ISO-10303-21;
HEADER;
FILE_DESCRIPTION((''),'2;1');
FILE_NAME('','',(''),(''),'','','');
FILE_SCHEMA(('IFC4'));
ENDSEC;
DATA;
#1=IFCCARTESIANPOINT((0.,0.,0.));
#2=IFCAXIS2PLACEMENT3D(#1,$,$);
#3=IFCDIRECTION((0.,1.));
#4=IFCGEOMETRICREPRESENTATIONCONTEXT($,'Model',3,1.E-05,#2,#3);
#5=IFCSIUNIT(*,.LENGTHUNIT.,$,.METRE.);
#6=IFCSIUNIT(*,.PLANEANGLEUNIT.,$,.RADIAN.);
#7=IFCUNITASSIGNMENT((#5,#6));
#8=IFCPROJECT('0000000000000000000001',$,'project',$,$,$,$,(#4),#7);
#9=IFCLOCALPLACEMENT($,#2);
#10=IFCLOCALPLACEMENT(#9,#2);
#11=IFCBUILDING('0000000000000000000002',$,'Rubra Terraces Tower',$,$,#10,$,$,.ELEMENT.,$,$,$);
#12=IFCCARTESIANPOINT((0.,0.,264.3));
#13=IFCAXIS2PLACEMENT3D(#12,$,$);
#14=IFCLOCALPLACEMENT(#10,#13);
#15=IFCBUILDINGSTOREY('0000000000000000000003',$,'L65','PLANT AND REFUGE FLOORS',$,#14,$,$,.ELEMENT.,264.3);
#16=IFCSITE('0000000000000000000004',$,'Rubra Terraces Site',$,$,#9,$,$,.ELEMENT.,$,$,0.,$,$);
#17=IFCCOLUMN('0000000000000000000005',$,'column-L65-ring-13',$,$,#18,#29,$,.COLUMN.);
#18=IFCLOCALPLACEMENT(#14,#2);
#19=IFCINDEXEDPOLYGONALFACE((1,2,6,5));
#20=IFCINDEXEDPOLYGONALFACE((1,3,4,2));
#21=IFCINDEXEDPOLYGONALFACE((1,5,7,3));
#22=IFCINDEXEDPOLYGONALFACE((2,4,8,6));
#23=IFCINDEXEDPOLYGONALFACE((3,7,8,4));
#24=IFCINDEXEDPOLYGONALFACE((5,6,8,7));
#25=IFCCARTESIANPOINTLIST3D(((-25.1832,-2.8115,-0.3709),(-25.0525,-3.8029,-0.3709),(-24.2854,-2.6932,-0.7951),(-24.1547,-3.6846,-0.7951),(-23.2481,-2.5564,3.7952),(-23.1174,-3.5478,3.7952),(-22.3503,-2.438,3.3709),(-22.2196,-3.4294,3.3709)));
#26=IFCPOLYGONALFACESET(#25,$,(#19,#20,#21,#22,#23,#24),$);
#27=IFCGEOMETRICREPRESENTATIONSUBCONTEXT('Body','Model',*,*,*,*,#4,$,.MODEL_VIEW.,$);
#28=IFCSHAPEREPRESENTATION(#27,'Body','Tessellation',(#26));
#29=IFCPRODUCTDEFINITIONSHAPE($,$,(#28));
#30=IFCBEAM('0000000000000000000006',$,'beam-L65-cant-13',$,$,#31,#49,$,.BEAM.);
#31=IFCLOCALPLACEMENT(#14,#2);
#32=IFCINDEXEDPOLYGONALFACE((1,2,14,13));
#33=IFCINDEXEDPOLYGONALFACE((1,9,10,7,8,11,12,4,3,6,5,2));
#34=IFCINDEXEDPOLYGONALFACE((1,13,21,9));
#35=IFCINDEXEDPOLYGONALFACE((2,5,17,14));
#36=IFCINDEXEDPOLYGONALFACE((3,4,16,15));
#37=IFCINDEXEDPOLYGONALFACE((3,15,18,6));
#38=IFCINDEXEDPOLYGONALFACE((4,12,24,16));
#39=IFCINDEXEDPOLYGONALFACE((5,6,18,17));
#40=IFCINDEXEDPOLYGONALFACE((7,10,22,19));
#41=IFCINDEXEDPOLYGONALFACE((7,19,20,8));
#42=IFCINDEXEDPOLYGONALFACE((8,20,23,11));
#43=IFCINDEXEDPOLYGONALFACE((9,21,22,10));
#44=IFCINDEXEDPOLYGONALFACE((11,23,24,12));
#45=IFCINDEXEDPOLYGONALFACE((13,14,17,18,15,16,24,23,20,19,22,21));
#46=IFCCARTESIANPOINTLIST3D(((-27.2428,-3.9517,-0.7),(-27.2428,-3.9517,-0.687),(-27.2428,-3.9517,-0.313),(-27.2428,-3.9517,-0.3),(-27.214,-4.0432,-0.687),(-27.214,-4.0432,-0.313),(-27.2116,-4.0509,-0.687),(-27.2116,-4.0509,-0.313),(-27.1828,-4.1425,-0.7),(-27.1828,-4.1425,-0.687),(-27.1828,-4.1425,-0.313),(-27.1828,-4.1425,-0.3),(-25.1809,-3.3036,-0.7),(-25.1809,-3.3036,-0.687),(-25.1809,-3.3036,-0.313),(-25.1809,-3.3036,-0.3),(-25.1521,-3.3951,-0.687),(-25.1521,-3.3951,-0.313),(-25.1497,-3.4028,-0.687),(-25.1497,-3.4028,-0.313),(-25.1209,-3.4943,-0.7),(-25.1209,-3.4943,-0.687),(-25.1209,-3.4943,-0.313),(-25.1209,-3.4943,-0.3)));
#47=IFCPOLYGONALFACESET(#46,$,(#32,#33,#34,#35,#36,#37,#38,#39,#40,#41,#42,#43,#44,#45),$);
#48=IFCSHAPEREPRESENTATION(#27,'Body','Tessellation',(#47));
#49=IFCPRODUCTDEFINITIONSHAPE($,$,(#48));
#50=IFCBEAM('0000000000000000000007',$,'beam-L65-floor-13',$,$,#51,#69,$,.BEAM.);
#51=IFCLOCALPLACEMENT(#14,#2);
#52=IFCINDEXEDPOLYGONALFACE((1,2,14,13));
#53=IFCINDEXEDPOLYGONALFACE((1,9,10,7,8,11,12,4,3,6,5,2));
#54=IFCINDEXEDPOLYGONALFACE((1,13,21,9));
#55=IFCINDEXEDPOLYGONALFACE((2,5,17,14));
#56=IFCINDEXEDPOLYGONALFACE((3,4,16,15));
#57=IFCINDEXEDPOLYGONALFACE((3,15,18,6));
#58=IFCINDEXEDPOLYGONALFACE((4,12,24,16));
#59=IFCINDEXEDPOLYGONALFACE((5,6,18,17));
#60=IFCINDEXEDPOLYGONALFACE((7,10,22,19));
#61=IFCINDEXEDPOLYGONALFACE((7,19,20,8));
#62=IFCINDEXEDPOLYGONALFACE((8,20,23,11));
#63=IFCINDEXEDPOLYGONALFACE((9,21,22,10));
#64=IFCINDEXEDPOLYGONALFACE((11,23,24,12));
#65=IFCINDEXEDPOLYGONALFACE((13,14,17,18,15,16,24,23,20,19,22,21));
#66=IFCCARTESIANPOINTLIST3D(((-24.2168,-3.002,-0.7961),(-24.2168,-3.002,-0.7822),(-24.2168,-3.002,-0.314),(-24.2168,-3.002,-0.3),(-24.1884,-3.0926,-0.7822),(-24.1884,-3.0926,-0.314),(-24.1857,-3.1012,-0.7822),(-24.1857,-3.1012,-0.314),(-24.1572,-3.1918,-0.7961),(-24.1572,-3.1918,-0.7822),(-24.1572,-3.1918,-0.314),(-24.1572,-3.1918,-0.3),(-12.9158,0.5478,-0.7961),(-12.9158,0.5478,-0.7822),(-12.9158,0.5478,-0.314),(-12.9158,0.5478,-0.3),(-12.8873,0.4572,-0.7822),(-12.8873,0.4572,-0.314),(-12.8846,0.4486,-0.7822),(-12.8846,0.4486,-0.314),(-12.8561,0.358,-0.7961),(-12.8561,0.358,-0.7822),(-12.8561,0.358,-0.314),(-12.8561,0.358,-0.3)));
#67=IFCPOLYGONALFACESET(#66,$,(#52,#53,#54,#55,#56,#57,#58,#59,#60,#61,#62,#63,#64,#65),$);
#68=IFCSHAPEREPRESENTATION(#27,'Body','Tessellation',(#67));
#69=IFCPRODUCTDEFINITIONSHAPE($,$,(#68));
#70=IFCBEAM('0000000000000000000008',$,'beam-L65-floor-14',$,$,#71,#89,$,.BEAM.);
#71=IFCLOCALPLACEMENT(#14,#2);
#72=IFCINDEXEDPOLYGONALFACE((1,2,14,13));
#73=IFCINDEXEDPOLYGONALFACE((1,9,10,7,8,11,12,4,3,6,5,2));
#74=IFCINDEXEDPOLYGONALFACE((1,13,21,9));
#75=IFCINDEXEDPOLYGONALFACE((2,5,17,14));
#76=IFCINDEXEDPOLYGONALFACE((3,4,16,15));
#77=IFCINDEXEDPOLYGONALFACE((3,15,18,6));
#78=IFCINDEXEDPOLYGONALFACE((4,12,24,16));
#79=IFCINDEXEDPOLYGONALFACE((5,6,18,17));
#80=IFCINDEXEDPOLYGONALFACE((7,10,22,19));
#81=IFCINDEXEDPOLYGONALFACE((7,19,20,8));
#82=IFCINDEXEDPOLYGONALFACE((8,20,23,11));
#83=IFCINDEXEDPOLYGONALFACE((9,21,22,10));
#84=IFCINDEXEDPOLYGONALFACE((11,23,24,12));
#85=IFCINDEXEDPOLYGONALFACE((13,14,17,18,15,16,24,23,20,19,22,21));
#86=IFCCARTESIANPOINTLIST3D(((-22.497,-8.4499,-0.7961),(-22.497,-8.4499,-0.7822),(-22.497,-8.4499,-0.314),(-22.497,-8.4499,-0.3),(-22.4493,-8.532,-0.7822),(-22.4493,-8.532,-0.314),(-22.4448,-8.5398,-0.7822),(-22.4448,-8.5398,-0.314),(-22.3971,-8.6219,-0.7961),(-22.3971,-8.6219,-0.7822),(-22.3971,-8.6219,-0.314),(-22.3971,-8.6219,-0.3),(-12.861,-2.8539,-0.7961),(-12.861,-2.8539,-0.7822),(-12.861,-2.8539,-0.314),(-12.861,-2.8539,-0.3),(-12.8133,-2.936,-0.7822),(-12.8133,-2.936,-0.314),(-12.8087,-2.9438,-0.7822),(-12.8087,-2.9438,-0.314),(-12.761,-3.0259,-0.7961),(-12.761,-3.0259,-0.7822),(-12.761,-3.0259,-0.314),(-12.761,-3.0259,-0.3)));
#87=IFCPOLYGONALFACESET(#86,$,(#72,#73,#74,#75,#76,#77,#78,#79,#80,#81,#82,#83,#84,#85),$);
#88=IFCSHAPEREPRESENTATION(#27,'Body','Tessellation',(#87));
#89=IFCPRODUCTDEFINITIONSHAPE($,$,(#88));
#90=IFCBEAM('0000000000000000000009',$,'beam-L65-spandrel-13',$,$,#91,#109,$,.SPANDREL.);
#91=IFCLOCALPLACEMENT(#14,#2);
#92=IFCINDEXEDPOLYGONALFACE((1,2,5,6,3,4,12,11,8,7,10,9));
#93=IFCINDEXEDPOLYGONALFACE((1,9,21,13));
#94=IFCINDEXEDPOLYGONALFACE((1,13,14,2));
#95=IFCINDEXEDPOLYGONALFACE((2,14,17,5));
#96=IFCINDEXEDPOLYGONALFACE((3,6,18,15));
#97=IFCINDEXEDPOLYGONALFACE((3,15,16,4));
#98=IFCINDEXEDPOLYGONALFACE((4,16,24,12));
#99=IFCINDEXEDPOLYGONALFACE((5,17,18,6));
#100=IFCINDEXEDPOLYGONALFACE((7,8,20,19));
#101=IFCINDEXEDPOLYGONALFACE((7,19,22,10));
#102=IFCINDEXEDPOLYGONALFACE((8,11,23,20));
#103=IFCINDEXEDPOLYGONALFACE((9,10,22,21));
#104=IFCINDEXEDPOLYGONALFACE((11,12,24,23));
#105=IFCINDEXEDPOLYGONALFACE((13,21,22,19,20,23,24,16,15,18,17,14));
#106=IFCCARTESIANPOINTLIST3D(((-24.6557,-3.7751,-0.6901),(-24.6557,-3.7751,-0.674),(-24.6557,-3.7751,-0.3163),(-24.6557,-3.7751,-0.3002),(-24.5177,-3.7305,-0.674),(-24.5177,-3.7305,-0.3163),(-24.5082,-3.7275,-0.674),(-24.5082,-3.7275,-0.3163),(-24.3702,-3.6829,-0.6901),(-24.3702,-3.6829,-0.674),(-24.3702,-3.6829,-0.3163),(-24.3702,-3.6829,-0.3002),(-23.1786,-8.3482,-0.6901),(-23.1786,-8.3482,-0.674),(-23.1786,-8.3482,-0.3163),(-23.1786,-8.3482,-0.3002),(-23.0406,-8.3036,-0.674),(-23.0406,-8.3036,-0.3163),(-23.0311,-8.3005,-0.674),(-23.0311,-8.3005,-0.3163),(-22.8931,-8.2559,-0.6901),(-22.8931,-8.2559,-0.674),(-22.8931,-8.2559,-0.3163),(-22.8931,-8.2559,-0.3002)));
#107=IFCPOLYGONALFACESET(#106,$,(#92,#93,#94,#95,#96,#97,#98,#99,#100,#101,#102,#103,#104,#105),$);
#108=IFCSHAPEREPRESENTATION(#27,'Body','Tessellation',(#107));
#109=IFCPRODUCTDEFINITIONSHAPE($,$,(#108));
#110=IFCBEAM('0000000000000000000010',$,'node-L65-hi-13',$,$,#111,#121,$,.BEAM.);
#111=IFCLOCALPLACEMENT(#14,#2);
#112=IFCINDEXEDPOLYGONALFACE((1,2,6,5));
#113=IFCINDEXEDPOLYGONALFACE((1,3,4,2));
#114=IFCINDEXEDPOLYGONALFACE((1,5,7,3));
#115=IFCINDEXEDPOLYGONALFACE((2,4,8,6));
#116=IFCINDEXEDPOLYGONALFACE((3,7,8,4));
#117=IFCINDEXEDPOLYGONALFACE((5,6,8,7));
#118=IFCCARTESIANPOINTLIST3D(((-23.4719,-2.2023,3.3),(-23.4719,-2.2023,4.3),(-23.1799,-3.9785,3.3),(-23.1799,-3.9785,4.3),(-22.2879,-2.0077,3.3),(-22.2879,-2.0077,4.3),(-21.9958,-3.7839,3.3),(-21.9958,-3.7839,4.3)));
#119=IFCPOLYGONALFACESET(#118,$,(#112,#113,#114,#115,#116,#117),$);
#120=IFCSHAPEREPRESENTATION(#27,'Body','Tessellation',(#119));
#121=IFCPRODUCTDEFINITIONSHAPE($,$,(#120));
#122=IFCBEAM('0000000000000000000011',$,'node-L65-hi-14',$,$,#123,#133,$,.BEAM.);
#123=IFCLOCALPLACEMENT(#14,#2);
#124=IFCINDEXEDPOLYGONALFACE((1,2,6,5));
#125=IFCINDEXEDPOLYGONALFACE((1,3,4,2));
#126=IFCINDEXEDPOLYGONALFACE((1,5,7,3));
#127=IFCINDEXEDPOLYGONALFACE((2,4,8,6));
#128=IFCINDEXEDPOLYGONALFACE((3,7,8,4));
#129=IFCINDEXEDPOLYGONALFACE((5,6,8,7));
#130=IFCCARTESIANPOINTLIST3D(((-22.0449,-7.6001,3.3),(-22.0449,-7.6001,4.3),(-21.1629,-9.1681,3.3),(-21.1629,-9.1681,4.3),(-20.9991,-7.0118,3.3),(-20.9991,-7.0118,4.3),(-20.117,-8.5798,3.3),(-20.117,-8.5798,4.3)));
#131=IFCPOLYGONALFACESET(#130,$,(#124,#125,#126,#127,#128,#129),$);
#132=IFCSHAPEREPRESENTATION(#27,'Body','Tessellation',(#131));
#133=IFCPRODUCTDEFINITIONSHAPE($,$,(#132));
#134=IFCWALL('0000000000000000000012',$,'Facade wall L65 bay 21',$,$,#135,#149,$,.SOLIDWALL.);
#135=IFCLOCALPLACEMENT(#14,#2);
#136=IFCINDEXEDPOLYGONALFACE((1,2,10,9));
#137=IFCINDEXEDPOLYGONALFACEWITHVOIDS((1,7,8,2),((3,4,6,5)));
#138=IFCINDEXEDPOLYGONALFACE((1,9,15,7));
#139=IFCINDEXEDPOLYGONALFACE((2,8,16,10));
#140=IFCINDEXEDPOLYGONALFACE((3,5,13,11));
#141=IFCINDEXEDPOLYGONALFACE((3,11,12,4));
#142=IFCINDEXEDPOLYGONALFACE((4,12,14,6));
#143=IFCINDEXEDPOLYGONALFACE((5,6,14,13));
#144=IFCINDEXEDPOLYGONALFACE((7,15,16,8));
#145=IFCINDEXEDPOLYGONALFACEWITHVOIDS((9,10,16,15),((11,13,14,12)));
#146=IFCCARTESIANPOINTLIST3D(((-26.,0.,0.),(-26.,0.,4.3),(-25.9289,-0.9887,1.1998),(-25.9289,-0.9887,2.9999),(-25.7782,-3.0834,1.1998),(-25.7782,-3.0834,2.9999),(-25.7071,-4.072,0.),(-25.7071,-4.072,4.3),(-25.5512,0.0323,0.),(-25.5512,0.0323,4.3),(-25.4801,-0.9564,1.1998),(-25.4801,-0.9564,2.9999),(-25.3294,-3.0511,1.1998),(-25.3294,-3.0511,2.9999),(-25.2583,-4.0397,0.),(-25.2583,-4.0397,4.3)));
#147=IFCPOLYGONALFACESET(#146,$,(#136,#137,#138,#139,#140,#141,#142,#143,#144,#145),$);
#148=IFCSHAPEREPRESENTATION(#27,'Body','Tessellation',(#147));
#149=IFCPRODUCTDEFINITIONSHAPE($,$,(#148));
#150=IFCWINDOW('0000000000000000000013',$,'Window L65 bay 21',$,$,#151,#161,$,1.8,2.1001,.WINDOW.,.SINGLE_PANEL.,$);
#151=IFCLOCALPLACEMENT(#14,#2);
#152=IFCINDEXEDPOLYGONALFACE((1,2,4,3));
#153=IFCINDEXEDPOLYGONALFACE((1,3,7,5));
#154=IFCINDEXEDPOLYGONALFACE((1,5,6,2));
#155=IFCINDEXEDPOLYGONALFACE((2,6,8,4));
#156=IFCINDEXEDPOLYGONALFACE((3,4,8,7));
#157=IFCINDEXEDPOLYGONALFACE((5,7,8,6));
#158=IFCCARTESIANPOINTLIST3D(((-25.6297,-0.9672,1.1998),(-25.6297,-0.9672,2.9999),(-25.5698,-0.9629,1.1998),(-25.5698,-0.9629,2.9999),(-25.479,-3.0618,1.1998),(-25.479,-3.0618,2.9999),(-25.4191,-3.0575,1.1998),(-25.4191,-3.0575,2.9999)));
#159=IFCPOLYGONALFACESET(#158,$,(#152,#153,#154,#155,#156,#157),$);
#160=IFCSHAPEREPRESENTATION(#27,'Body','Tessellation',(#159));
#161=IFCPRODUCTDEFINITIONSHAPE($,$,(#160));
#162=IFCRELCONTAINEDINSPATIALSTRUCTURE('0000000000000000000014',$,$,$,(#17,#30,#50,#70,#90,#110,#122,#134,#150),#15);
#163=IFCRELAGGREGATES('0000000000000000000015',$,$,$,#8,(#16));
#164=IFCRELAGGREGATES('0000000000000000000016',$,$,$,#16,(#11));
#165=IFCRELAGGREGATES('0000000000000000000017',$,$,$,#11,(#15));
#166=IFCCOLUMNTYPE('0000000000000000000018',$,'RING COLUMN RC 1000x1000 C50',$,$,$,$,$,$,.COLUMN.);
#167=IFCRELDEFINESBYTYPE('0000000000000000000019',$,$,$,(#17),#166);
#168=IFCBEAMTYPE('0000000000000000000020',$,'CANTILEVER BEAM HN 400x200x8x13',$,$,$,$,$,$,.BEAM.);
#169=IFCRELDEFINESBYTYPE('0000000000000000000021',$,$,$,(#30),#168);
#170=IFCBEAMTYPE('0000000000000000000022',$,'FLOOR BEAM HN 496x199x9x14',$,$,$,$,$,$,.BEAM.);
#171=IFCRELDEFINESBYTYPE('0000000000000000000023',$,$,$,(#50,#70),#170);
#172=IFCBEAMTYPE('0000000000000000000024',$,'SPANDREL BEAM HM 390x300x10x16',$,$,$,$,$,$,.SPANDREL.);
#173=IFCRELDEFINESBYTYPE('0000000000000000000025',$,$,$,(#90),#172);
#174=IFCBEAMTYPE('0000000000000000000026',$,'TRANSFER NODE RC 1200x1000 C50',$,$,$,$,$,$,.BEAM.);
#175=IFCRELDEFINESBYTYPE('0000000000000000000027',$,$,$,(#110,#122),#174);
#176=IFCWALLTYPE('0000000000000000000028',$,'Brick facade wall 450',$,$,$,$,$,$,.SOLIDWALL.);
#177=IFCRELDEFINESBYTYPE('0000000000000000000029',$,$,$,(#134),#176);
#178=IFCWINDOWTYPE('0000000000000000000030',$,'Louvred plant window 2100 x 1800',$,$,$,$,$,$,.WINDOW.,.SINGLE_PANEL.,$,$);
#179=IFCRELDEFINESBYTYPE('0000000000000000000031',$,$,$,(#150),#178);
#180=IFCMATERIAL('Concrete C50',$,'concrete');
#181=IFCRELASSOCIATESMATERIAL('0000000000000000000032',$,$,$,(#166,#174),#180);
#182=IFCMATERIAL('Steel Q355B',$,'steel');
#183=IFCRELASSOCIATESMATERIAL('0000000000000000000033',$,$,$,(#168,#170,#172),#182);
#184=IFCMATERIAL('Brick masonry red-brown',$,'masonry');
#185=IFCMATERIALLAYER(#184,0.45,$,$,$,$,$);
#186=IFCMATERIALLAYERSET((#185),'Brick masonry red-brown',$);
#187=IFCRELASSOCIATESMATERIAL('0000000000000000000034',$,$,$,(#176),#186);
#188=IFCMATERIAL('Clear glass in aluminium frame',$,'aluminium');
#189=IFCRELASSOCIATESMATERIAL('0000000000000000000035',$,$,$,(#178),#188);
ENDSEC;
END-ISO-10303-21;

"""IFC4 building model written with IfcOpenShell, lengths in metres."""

from ifc_helpers import new_model, si_unit, direction, frame, frame_2d, origin, origin_2d, place, context, subcontext, project, spatial, rectangle, i_section, extrude, material, layer, layer_set, material_profile, profile_set, type_object, element, fill, save


model = new_model("IFC4")

# Units and contexts
model_context = context("Model", 3, precision=1e-05, world=origin(), true_north=direction((0.0, 1.0)))
body_context = subcontext(model_context, "Body", "Model", "MODEL_VIEW")
ifc_project = project(units=[si_unit("LENGTHUNIT", "METRE"), si_unit("PLANEANGLEUNIT", "RADIAN")], contexts=[model_context])

# Site, building, storey
site_placement = place(None, origin())
site = spatial("IfcSite", under=ifc_project, at=site_placement, Name="Rubra Terraces Site", CompositionType="ELEMENT", RefElevation=0.0)
building_placement = place(site_placement, origin())
building = spatial("IfcBuilding", under=site, at=building_placement, Name="Rubra Terraces Tower", CompositionType="ELEMENT")
storey_placement = place(building_placement, frame((0.0, 0.0, 264.3)))
storey = spatial("IfcBuildingStorey", under=building, at=storey_placement, Name="L65", Description="PLANT AND REFUGE FLOORS", CompositionType="ELEMENT", Elevation=264.3)

# Column
ifc_material_1 = material(Name="Concrete C50", Category="concrete")
ifc_material_profile_1 = material_profile(ifc_material_1, rectangle(XDim=1.0, YDim=1.0, at=origin_2d()), Name="RC 1000x1000")
ifc_profile_set_1 = profile_set([ifc_material_profile_1], Name="Concrete C50")
column_type = type_object("IfcColumnType", Name="RING COLUMN RC 1000x1000 C50", PredefinedType="COLUMN", material=ifc_profile_set_1)
column_placement = place(storey_placement, frame((-24.6689, -3.248, -0.583), z_axis=(0.420613, 0.055456, 0.905544), x_axis=(-0.130713, 0.99142, 0.0)))
element("IfcColumn", 1, at=column_placement, inside=storey, type_object=column_type, Name="column-L65-ring-13", PredefinedType="COLUMN", context=body_context, shape_type="SweptSolid", body=[
    extrude(rectangle(XDim=1.0, YDim=1.0, at=origin_2d()), origin(), (0.0, 0.0, 1.0), 4.6006),
])

# Beams
ifc_material_2 = material(Name="Steel Q355B", Category="steel")
ifc_material_profile_2 = material_profile(ifc_material_2, i_section(OverallWidth=0.2, OverallDepth=0.3999, WebThickness=0.0081, FlangeThickness=0.0129, at=origin_2d()), Name="HN 400x200x8x13")
ifc_profile_set_2 = profile_set([ifc_material_profile_2], Name="Steel Q355B")
beam_type_1 = type_object("IfcBeamType", Name="CANTILEVER BEAM HN 400x200x8x13", PredefinedType="BEAM", material=ifc_profile_set_2)
beam_1_placement = place(storey_placement, frame((-25.1509, -3.3989, -0.5), z_axis=(-0.953976, -0.299882, 0.0), x_axis=(0.299882, -0.953976, 0.0)))
element("IfcBeam", 2, at=beam_1_placement, inside=storey, type_object=beam_type_1, Name="beam-L65-cant-13", PredefinedType="BEAM", context=body_context, shape_type="SweptSolid", body=[
    extrude(i_section(OverallWidth=0.2, OverallDepth=0.3999, WebThickness=0.0081, FlangeThickness=0.0129, at=origin_2d()), origin(), (0.0, 0.0, 1.0), 2.1614),
])
ifc_material_profile_3 = material_profile(ifc_material_2, i_section(OverallWidth=0.199, OverallDepth=0.4961, WebThickness=0.009, FlangeThickness=0.0139, at=origin_2d()), Name="HN 496x199x9x14")
ifc_profile_set_3 = profile_set([ifc_material_profile_3], Name="Steel Q355B")
beam_type_2 = type_object("IfcBeamType", Name="FLOOR BEAM HN 496x199x9x14", PredefinedType="BEAM", material=ifc_profile_set_3)
beam_2_placement = place(storey_placement, frame((-24.187, -3.0969, -0.5481), z_axis=(0.954041, 0.299677, 0.0), x_axis=(-0.299677, 0.954041, 0.0)))
element("IfcBeam", 3, at=beam_2_placement, inside=storey, type_object=beam_type_2, Name="beam-L65-floor-13", PredefinedType="BEAM", context=body_context, shape_type="SweptSolid", body=[
    extrude(i_section(OverallWidth=0.199, OverallDepth=0.4961, WebThickness=0.009, FlangeThickness=0.0139, at=origin_2d()), origin(), (0.0, 0.0, 1.0), 11.8455),
])
beam_3_placement = place(storey_placement, frame((-22.447, -8.5359, -0.5481), z_axis=(0.864755, 0.502193, 0.0), x_axis=(-0.502193, 0.864755, 0.0)))
element("IfcBeam", 4, at=beam_3_placement, inside=storey, type_object=beam_type_2, Name="beam-L65-floor-14", PredefinedType="BEAM", context=body_context, shape_type="SweptSolid", body=[
    extrude(i_section(OverallWidth=0.199, OverallDepth=0.4961, WebThickness=0.009, FlangeThickness=0.0139, at=origin_2d()), origin(), (0.0, 0.0, 1.0), 11.1431),
])
ifc_material_profile_4 = material_profile(ifc_material_2, i_section(OverallWidth=0.3, OverallDepth=0.3899, WebThickness=0.01, FlangeThickness=0.0161, at=origin_2d()), Name="HM 390x300x10x16")
ifc_profile_set_4 = profile_set([ifc_material_profile_4], Name="Steel Q355B")
beam_type_3 = type_object("IfcBeamType", Name="SPANDREL BEAM HM 390x300x10x16", PredefinedType="SPANDREL", material=ifc_profile_set_4)
beam_4_placement = place(storey_placement, frame((-24.5129, -3.729, -0.4951), z_axis=(0.307359, -0.951594, 0.0), x_axis=(0.951594, 0.307359, 0.0)))
element("IfcBeam", 5, at=beam_4_placement, inside=storey, type_object=beam_type_3, Name="beam-L65-spandrel-13", PredefinedType="SPANDREL", context=body_context, shape_type="SweptSolid", body=[
    extrude(i_section(OverallWidth=0.3, OverallDepth=0.3899, WebThickness=0.01, FlangeThickness=0.0161, at=origin_2d()), origin(), (0.0, 0.0, 1.0), 4.8057),
])
ifc_material_profile_5 = material_profile(ifc_material_1, rectangle(XDim=1.2, YDim=1.0, at=origin_2d()), Name="RC 1200x1000")
ifc_profile_set_5 = profile_set([ifc_material_profile_5], Name="Concrete C50")
beam_type_4 = type_object("IfcBeamType", Name="TRANSFER NODE RC 1200x1000 C50", PredefinedType="BEAM", material=ifc_profile_set_5)
beam_5_placement = place(storey_placement, frame((-22.8799, -2.105, 3.8), z_axis=(0.162221, -0.986754, 0.0), x_axis=(0.986754, 0.162221, 0.0)))
element("IfcBeam", 6, at=beam_5_placement, inside=storey, type_object=beam_type_4, Name="node-L65-hi-13", PredefinedType="BEAM", context=body_context, shape_type="SweptSolid", body=[
    extrude(rectangle(XDim=1.2, YDim=1.0, at=origin_2d()), origin(), (0.0, 0.0, 1.0), 1.8),
])
beam_6_placement = place(storey_placement, frame((-21.522, -7.3059, 3.8), z_axis=(0.490268, -0.871572, 0.0), x_axis=(0.871572, 0.490268, 0.0)))
element("IfcBeam", 7, at=beam_6_placement, inside=storey, type_object=beam_type_4, Name="node-L65-hi-14", PredefinedType="BEAM", context=body_context, shape_type="SweptSolid", body=[
    extrude(rectangle(XDim=1.2, YDim=1.0, at=origin_2d()), origin(), (0.0, 0.0, 1.0), 1.7991),
])

# Wall, opening, window
ifc_material_3 = material(Name="Brick masonry red-brown", Category="masonry")
ifc_layer_1 = layer(ifc_material_3, 0.45)
ifc_layer_set_1 = layer_set([ifc_layer_1], Name="Brick masonry red-brown")
wall_type_1 = type_object("IfcWallType", Name="Brick facade wall 450", PredefinedType="SOLIDWALL", material=ifc_layer_set_1)
wall_1_placement = place(storey_placement, frame((-25.7756, 0.0161, 0.0), z_axis=(0.0, 0.0, 1.0), x_axis=(0.071761, -0.997422, 0.0)))
wall_1 = element("IfcWall", 8, at=wall_1_placement, inside=storey, type_object=wall_type_1, Name="Facade wall L65 bay 21", PredefinedType="SOLIDWALL", context=body_context, shape_type="SweptSolid", body=[
    extrude(rectangle(XDim=4.0825, YDim=0.45, at=frame_2d((2.0413, 0.0))), origin(), (0.0, 0.0, 1.0), 4.3),
])
opening_1_placement = place(wall_1_placement, frame((0.9912, 0.0, 1.2)))
opening_1 = element("IfcOpeningElement", 9, at=opening_1_placement, cuts=wall_1, PredefinedType="OPENING", context=body_context, shape_type="SweptSolid", body=[
    extrude(rectangle(XDim=2.1001, YDim=1.8, at=frame_2d((1.05, 0.8999))), frame((0.0, 0.2349, 0.0), z_axis=(0.0, -1.0, 0.0), x_axis=(1.0, 0.0, 0.0)), (0.0, 0.0, 1.0), 0.47),
])
ifc_material_4 = material(Name="Clear glass in aluminium frame", Category="aluminium")
window_type = type_object("IfcWindowType", Name="Louvred plant window 2100 x 1800", PartitioningType="SINGLE_PANEL", PredefinedType="WINDOW", material=ifc_material_4)
window_1_placement = place(opening_1_placement, origin())
window_1 = element("IfcWindow", 10, at=window_1_placement, inside=storey, type_object=window_type, Name="Window L65 bay 21", OverallHeight=1.8, OverallWidth=2.1001, PartitioningType="SINGLE_PANEL", PredefinedType="WINDOW", context=body_context, shape_type="SweptSolid", body=[
    extrude(rectangle(XDim=2.1001, YDim=1.8, at=frame_2d((1.05, 0.8999))), frame((0.0, 0.135, 0.0), z_axis=(0.0, -1.0, 0.0), x_axis=(1.0, 0.0, 0.0)), (0.0, 0.0, 1.0), 0.0601),
])
fill(opening_1, window_1)

save(model, "model.ifc")
